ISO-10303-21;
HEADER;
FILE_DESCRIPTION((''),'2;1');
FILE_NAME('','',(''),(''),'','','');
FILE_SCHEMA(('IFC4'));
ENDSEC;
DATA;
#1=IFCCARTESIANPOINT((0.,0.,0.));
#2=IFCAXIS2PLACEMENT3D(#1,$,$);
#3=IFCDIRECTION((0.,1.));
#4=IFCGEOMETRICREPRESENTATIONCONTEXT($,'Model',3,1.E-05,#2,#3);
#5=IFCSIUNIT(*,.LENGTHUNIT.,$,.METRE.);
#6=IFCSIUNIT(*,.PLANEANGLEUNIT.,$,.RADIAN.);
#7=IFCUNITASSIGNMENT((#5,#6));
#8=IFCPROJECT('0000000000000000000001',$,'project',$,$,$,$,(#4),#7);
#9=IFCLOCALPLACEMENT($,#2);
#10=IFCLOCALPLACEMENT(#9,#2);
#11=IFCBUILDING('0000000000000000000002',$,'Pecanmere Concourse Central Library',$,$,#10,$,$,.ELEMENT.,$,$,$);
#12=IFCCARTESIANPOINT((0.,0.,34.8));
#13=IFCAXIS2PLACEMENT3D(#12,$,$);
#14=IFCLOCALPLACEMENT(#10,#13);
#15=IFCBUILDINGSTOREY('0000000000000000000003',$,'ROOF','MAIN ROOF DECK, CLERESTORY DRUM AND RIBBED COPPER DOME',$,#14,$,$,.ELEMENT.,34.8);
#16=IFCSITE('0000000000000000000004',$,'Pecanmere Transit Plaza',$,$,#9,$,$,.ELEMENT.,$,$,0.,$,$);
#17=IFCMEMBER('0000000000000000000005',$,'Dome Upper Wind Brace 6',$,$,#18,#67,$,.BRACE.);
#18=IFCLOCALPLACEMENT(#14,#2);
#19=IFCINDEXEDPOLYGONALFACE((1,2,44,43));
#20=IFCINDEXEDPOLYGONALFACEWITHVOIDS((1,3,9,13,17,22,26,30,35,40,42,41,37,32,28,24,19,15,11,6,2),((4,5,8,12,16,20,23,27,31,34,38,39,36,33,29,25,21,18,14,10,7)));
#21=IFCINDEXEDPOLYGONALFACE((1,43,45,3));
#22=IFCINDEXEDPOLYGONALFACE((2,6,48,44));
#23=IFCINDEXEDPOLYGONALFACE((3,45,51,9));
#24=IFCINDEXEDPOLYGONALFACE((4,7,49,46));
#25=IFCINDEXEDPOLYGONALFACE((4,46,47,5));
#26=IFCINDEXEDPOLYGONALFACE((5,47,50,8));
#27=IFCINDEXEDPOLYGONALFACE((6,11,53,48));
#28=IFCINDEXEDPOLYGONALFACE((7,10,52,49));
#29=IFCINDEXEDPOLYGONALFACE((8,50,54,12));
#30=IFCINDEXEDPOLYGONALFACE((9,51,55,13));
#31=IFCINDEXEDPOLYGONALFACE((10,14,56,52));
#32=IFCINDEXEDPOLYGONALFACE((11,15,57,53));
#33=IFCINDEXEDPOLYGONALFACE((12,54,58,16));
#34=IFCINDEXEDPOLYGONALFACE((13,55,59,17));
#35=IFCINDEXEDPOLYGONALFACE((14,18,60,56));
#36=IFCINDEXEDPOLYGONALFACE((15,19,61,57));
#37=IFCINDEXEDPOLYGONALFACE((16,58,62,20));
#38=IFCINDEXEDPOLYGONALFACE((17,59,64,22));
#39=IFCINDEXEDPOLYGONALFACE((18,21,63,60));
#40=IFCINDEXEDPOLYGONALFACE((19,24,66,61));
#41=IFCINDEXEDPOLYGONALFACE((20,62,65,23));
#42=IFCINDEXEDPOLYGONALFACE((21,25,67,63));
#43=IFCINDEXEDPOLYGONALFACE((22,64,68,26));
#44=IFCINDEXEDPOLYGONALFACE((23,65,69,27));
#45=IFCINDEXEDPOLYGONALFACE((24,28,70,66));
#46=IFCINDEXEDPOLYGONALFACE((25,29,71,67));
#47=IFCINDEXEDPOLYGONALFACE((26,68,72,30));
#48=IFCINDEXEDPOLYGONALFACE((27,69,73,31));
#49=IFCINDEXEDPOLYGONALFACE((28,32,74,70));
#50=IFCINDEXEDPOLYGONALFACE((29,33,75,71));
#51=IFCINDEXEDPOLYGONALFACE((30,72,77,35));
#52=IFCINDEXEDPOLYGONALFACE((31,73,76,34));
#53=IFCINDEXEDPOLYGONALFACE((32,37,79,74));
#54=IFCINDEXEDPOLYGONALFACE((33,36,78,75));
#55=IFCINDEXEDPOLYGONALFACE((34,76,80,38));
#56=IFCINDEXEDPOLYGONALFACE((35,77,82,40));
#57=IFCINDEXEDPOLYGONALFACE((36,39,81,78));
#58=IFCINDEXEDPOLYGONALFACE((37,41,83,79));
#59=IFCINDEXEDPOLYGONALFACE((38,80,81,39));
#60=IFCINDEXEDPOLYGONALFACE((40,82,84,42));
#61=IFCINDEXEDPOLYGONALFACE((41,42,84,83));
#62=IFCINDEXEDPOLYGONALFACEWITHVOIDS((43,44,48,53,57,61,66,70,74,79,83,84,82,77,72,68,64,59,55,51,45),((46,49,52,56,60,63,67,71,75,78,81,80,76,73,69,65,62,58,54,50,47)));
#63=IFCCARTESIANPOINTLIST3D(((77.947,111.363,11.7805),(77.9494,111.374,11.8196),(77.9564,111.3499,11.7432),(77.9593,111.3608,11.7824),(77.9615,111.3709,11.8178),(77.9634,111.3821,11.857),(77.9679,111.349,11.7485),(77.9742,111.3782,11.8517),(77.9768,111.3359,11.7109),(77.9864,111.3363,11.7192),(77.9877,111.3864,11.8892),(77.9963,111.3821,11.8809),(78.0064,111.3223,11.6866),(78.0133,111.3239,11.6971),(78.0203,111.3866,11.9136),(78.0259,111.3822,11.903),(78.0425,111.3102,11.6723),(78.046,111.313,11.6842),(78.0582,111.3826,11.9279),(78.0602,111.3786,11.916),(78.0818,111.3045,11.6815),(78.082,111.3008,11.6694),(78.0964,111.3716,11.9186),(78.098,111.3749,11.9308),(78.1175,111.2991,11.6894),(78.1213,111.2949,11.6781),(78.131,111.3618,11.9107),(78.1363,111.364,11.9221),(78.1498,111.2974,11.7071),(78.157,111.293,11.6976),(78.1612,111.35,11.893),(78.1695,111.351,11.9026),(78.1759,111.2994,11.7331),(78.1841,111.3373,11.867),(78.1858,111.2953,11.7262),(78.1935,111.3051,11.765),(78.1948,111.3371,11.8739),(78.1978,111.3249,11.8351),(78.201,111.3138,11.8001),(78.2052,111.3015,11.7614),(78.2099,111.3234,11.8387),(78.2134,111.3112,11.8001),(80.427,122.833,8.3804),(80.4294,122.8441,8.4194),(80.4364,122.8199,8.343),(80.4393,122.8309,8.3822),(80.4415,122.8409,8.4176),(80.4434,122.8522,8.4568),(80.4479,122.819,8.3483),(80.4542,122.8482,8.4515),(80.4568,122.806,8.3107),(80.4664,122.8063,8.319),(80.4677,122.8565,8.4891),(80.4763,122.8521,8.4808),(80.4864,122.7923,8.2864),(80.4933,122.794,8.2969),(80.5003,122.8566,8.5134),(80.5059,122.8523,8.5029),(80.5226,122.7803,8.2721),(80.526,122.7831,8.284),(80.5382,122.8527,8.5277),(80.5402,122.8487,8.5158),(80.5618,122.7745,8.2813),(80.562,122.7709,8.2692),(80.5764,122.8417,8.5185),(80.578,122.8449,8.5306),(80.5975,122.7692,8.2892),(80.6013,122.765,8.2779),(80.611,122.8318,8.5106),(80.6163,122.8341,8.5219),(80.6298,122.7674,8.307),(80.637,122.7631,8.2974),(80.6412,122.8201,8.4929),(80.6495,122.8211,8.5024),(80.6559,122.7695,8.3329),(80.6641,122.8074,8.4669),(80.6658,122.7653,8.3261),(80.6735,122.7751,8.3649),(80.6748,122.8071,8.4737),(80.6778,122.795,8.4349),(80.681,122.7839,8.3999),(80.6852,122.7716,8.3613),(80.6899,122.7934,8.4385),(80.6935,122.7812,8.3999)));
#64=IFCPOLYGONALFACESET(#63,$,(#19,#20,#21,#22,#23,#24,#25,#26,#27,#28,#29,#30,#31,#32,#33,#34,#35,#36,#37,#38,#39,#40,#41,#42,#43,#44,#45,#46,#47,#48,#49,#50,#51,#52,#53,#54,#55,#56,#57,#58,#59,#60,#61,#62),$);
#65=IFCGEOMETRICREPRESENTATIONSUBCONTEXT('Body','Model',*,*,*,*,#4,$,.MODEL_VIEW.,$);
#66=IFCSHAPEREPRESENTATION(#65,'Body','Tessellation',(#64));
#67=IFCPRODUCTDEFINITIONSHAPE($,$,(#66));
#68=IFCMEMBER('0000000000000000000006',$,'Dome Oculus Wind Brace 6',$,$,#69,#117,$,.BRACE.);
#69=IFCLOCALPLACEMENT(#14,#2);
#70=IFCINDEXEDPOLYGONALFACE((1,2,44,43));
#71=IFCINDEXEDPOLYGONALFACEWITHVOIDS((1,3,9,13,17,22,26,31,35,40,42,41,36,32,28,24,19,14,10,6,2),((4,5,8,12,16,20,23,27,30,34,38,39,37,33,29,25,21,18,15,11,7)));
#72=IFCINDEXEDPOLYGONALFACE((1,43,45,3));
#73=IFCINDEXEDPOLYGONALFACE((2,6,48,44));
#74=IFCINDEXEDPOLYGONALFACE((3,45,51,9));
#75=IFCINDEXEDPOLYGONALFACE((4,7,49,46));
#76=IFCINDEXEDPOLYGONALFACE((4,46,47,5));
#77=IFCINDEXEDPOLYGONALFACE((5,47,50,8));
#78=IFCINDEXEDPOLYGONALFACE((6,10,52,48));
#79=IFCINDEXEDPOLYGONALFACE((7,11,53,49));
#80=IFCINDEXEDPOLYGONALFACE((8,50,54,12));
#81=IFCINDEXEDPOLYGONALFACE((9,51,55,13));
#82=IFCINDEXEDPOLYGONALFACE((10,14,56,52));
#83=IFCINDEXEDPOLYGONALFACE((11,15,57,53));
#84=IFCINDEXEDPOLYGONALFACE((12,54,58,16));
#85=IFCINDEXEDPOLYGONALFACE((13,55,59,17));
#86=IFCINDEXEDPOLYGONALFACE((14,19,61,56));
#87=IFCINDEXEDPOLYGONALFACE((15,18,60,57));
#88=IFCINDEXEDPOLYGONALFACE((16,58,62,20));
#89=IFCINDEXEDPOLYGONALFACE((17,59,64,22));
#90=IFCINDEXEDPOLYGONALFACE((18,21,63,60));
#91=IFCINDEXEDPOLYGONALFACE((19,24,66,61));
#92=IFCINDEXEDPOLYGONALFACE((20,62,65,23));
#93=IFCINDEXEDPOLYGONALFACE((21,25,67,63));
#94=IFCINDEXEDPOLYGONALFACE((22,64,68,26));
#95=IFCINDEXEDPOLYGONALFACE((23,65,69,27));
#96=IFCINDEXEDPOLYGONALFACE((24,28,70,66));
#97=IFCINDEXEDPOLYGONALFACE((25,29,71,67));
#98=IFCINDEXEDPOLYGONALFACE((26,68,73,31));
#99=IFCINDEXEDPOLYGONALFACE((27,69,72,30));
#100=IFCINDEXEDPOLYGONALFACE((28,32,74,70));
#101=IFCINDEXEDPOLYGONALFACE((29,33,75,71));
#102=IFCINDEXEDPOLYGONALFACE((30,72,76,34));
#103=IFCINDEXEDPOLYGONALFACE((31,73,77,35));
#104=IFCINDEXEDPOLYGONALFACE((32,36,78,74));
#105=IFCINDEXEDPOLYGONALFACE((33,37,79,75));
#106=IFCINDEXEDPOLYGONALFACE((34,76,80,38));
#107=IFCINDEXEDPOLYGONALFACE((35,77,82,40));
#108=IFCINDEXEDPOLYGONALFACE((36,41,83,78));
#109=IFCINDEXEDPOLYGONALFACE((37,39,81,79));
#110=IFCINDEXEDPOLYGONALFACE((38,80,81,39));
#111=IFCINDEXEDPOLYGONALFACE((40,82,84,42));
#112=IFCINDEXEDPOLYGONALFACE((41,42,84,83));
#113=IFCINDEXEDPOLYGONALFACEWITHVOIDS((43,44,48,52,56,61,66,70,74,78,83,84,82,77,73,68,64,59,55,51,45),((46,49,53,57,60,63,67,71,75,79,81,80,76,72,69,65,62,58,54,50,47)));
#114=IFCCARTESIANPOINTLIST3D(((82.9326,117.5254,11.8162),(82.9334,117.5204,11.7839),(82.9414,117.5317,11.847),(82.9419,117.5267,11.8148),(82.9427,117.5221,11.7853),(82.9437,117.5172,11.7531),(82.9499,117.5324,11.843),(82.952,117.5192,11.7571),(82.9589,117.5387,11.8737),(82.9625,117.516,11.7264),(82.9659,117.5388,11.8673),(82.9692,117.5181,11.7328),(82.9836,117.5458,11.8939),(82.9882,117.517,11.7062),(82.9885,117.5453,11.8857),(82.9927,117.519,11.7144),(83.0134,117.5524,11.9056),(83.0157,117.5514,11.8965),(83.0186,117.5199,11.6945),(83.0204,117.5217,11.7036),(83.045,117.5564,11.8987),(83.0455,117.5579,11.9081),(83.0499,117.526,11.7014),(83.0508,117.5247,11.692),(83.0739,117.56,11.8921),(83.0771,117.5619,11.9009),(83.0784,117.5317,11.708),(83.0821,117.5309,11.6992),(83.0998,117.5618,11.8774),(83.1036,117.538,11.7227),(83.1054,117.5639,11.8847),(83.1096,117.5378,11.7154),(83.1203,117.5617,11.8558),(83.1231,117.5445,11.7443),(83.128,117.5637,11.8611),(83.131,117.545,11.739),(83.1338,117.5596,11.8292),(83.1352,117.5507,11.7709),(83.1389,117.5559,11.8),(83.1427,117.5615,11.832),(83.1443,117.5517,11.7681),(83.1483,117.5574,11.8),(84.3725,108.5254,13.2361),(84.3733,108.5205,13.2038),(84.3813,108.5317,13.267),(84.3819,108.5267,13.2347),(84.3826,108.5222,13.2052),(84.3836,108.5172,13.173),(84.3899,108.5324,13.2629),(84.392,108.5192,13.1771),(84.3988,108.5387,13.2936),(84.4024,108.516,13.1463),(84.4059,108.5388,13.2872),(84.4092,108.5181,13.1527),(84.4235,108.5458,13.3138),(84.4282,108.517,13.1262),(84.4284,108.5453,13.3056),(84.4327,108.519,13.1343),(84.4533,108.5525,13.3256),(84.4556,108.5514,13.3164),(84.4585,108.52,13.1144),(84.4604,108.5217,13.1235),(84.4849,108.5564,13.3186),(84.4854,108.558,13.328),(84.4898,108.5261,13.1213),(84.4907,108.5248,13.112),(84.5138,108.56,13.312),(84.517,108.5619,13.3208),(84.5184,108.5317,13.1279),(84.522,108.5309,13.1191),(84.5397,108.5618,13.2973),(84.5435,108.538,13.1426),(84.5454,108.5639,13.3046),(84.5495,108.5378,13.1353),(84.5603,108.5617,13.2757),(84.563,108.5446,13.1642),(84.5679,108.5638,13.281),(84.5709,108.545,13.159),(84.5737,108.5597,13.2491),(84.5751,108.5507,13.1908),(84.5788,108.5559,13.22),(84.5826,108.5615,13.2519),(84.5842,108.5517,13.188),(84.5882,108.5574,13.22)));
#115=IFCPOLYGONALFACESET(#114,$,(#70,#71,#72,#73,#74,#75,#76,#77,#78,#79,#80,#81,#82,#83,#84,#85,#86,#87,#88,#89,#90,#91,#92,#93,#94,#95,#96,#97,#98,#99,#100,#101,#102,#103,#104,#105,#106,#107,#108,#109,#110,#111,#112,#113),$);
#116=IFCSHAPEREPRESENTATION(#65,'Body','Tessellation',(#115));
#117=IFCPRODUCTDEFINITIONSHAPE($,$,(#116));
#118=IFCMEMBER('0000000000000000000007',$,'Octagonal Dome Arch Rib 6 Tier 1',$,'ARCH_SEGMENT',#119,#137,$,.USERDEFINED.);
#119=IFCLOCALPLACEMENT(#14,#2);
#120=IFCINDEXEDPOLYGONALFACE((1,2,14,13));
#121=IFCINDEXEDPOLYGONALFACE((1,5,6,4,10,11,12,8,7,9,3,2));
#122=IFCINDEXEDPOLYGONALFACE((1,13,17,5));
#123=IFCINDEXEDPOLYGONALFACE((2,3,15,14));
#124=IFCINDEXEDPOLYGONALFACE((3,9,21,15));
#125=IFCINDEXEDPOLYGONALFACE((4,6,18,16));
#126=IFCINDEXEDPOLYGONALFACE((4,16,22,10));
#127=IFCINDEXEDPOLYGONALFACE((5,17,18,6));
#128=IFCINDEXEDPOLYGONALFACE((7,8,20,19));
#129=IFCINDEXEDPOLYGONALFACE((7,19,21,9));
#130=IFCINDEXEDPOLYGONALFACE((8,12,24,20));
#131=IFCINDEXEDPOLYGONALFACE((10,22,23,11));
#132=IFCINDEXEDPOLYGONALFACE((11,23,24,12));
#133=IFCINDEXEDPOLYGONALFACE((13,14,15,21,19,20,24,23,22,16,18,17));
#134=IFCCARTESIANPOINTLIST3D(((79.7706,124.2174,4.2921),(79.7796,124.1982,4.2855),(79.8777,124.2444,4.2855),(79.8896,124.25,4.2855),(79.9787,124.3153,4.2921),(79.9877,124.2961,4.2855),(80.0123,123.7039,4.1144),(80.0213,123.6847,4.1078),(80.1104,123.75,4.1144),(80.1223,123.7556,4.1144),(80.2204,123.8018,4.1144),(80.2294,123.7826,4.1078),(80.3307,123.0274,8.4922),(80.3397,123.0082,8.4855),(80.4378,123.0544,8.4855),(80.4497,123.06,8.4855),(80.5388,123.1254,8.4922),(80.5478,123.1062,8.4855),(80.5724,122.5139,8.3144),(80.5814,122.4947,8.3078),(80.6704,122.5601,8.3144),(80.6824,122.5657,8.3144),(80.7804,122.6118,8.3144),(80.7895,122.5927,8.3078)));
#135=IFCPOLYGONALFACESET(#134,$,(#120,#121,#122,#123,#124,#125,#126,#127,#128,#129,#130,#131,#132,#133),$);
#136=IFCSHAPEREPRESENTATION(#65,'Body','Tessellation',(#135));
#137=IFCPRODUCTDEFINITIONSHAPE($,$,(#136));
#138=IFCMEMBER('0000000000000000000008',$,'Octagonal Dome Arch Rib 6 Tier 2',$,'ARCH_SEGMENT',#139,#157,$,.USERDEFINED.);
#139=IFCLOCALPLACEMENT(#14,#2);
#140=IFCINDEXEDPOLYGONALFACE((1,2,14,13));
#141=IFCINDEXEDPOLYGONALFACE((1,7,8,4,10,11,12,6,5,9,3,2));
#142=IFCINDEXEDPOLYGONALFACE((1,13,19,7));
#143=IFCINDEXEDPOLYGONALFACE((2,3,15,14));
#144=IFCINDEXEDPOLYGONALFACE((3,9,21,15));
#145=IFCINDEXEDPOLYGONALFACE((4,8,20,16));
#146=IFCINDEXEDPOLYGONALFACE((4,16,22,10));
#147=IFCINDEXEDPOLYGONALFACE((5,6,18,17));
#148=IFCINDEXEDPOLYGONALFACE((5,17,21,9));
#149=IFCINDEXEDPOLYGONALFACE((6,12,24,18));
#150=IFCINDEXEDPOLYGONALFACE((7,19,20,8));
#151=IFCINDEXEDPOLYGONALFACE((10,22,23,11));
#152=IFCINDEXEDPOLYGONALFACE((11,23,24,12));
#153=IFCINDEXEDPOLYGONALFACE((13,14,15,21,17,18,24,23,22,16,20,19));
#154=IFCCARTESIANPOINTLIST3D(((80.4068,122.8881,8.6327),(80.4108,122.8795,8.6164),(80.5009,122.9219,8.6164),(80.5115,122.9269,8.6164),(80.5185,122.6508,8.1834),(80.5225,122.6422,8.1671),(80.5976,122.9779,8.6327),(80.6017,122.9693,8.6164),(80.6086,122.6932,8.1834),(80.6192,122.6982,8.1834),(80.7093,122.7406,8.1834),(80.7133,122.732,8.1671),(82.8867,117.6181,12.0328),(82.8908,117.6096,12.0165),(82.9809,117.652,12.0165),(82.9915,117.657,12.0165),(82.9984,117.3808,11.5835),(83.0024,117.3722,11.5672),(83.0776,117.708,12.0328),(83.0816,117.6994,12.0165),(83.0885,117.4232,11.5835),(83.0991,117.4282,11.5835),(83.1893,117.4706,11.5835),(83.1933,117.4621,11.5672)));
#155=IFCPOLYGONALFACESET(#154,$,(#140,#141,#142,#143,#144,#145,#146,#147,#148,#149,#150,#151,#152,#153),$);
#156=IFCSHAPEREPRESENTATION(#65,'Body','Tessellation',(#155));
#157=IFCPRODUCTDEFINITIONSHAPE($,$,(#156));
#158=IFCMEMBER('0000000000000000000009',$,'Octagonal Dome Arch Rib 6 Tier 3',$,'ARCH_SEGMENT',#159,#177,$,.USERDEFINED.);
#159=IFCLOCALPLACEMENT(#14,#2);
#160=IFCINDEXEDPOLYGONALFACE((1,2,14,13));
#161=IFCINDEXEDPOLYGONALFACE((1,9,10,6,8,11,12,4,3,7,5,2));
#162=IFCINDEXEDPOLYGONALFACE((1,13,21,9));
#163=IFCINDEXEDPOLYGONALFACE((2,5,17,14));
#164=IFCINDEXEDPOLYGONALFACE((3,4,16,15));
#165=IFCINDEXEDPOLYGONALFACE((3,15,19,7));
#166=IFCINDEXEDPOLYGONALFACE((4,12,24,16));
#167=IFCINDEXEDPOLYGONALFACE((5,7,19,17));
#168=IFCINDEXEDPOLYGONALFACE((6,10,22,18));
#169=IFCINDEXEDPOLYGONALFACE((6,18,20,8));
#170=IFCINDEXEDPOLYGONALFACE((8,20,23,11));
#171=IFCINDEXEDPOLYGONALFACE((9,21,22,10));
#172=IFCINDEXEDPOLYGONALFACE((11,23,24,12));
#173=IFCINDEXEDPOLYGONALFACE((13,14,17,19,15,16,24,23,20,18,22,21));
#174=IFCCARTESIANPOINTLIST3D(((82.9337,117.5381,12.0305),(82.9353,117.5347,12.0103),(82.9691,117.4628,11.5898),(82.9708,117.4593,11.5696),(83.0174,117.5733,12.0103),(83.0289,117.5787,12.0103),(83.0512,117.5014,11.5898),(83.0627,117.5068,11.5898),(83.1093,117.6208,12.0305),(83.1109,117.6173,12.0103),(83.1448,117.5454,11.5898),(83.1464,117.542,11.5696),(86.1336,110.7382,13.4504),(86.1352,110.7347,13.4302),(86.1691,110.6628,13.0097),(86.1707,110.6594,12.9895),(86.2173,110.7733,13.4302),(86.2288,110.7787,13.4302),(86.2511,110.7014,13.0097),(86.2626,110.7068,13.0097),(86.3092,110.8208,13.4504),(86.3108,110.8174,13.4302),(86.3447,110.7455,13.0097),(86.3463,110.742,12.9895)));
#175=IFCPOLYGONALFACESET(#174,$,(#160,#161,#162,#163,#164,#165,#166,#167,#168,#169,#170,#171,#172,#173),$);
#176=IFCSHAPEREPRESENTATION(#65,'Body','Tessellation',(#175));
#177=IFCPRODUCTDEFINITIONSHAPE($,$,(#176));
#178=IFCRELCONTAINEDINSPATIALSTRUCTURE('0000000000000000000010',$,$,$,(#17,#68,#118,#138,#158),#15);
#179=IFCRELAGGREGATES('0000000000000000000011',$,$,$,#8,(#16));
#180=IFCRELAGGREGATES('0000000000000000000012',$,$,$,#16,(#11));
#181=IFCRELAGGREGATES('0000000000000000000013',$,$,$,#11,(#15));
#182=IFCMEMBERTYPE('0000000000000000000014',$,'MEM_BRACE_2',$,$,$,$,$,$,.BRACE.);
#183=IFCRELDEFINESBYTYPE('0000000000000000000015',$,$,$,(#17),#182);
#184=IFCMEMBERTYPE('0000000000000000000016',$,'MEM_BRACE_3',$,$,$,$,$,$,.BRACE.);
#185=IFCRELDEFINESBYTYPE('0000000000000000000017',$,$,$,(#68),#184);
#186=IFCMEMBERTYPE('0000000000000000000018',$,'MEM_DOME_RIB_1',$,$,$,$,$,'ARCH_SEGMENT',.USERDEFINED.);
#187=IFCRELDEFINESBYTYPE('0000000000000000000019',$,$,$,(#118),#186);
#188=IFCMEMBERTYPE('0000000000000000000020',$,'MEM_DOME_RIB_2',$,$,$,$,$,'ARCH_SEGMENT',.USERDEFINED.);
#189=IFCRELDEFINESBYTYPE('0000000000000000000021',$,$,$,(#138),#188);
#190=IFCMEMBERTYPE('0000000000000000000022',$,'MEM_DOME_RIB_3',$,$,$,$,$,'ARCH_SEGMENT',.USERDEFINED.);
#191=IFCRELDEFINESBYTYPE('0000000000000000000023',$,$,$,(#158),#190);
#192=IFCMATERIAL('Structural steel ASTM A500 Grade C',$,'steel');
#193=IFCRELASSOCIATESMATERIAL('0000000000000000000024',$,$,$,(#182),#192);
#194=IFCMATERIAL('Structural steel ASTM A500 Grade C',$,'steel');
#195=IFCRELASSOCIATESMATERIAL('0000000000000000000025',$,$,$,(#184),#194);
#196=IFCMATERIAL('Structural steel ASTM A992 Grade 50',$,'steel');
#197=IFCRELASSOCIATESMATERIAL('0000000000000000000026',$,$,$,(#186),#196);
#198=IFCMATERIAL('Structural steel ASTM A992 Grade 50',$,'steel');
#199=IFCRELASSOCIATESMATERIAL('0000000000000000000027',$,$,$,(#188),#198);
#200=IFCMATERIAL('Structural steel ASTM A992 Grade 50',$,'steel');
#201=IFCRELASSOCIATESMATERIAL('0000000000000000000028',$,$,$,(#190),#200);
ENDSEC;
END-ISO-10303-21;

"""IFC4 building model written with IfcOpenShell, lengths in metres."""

from ifc_helpers import new_model, si_unit, direction, frame, origin, origin_2d, place, context, subcontext, project, spatial, hollow_circle, i_section, extrude, material, material_profile, profile_set, type_object, element, save


model = new_model("IFC4")

# Units and contexts
model_context = context("Model", 3, precision=1e-05, world=origin(), true_north=direction((0.0, 1.0)))
body_context = subcontext(model_context, "Body", "Model", "MODEL_VIEW")
ifc_project = project(units=[si_unit("LENGTHUNIT", "METRE"), si_unit("PLANEANGLEUNIT", "RADIAN")], contexts=[model_context])

# Site, building, storey
site_placement = place(None, origin())
site = spatial("IfcSite", under=ifc_project, at=site_placement, Name="Pecanmere Transit Plaza", CompositionType="ELEMENT", RefElevation=0.0)
building_placement = place(site_placement, origin())
building = spatial("IfcBuilding", under=site, at=building_placement, Name="Pecanmere Concourse Central Library", CompositionType="ELEMENT")
storey_placement = place(building_placement, frame((0.0, 0.0, 34.8)))
storey = spatial("IfcBuildingStorey", under=building, at=storey_placement, Name="ROOF", Description="MAIN ROOF DECK, CLERESTORY DRUM AND RIBBED COPPER DOME", CompositionType="ELEMENT", Elevation=34.8)

# Members
ifc_material_1 = material(Name="Structural steel ASTM A500 Grade C", Category="steel")
ifc_material_profile_1 = material_profile(ifc_material_1, hollow_circle(Radius=0.1365, WallThickness=0.0127, at=origin_2d()), Name="HSS273.1x12.7")
ifc_profile_set_1 = profile_set([ifc_material_profile_1], Name="Structural steel ASTM A500 Grade C")
member_type_1 = type_object("IfcMemberType", Name="MEM_BRACE_2", PredefinedType="BRACE", material=ifc_profile_set_1)
member_1_placement = place(storey_placement, frame((80.5601, 122.8101, 8.3999), z_axis=(-0.202983, -0.938802, 0.278297), x_axis=(0.977414, -0.211332, 0.0)))
element("IfcMember", 1, at=member_1_placement, inside=storey, type_object=member_type_1, Name="Dome Upper Wind Brace 6", PredefinedType="BRACE", context=body_context, shape_type="SweptSolid", body=[
    extrude(hollow_circle(Radius=0.1365, WallThickness=0.0127, at=origin_2d()), origin(), (0.0, 0.0, 1.0), 12.2178),
])
ifc_material_2 = material(Name="Structural steel ASTM A500 Grade C", Category="steel")
ifc_material_profile_2 = material_profile(ifc_material_2, hollow_circle(Radius=0.1096, WallThickness=0.0095, at=origin_2d()), Name="HSS219.1x9.5")
ifc_profile_set_2 = profile_set([ifc_material_profile_2], Name="Structural steel ASTM A500 Grade C")
member_type_2 = type_object("IfcMemberType", Name="MEM_BRACE_3", PredefinedType="BRACE", material=ifc_profile_set_2)
member_2_placement = place(storey_placement, frame((83.04, 117.54, 11.8), z_axis=(0.156101, -0.975673, 0.153931), x_axis=(0.987442, 0.157984, 0.0)))
element("IfcMember", 2, at=member_2_placement, inside=storey, type_object=member_type_2, Name="Dome Oculus Wind Brace 6", PredefinedType="BRACE", context=body_context, shape_type="SweptSolid", body=[
    extrude(hollow_circle(Radius=0.1096, WallThickness=0.0095, at=origin_2d()), origin(), (0.0, 0.0, 1.0), 9.2244),
])
ifc_material_3 = material(Name="Structural steel ASTM A992 Grade 50", Category="steel")
ifc_material_profile_3 = material_profile(ifc_material_3, i_section(OverallWidth=0.23, OverallDepth=0.6169, WebThickness=0.0132, FlangeThickness=0.0222, at=origin_2d()), Name="W610x140")
ifc_profile_set_3 = profile_set([ifc_material_profile_3], Name="Structural steel ASTM A992 Grade 50")
member_type_3 = type_object("IfcMemberType", Name="MEM_DOME_RIB_1", ElementType="ARCH_SEGMENT", PredefinedType="USERDEFINED", material=ifc_profile_set_3)
member_3_placement = place(storey_placement, frame((80.0, 124.0, 4.2), z_axis=(0.127256, -0.270377, 0.954307), x_axis=(0.904793, 0.425851, 0.0)))
element("IfcMember", 3, at=member_3_placement, inside=storey, type_object=member_type_3, Name="Octagonal Dome Arch Rib 6 Tier 1", ObjectType="ARCH_SEGMENT", PredefinedType="USERDEFINED", context=body_context, shape_type="SweptSolid", body=[
    extrude(i_section(OverallWidth=0.23, OverallDepth=0.6169, WebThickness=0.0132, FlangeThickness=0.0222, at=origin_2d()), origin(), (0.0, 0.0, 1.0), 4.4011),
])
ifc_material_4 = material(Name="Structural steel ASTM A992 Grade 50", Category="steel")
ifc_material_profile_4 = material_profile(ifc_material_4, i_section(OverallWidth=0.2109, OverallDepth=0.5391, WebThickness=0.0117, FlangeThickness=0.0188, at=origin_2d()), Name="W530x109")
ifc_profile_set_4 = profile_set([ifc_material_profile_4], Name="Structural steel ASTM A992 Grade 50")
member_type_4 = type_object("IfcMemberType", Name="MEM_DOME_RIB_2", ElementType="ARCH_SEGMENT", PredefinedType="USERDEFINED", material=ifc_profile_set_4)
member_4_placement = place(storey_placement, frame((80.5601, 122.8101, 8.3999), z_axis=(0.36772, -0.781414, 0.504158), x_axis=(0.904821, 0.425793, 0.0)))
element("IfcMember", 4, at=member_4_placement, inside=storey, type_object=member_type_4, Name="Octagonal Dome Arch Rib 6 Tier 2", ObjectType="ARCH_SEGMENT", PredefinedType="USERDEFINED", context=body_context, shape_type="SweptSolid", body=[
    extrude(i_section(OverallWidth=0.2109, OverallDepth=0.5391, WebThickness=0.0117, FlangeThickness=0.0188, at=origin_2d()), origin(), (0.0, 0.0, 1.0), 6.7441),
])
ifc_material_5 = material(Name="Structural steel ASTM A992 Grade 50", Category="steel")
ifc_material_profile_5 = material_profile(ifc_material_5, i_section(OverallWidth=0.1941, OverallDepth=0.469, WebThickness=0.0127, FlangeThickness=0.0205, at=origin_2d()), Name="W460x106")
ifc_profile_set_5 = profile_set([ifc_material_profile_5], Name="Structural steel ASTM A992 Grade 50")
member_type_5 = type_object("IfcMemberType", Name="MEM_DOME_RIB_3", ElementType="ARCH_SEGMENT", PredefinedType="USERDEFINED", material=ifc_profile_set_5)
member_5_placement = place(storey_placement, frame((83.04, 117.54, 11.8), z_axis=(0.418387, -0.889093, 0.185652), x_axis=(0.904822, 0.425789, 0.0)))
element("IfcMember", 5, at=member_5_placement, inside=storey, type_object=member_type_5, Name="Octagonal Dome Arch Rib 6 Tier 3", ObjectType="ARCH_SEGMENT", PredefinedType="USERDEFINED", context=body_context, shape_type="SweptSolid", body=[
    extrude(i_section(OverallWidth=0.1941, OverallDepth=0.469, WebThickness=0.0127, FlangeThickness=0.0205, at=origin_2d()), origin(), (0.0, 0.0, 1.0), 7.6482),
])

save(model, "model.ifc")
